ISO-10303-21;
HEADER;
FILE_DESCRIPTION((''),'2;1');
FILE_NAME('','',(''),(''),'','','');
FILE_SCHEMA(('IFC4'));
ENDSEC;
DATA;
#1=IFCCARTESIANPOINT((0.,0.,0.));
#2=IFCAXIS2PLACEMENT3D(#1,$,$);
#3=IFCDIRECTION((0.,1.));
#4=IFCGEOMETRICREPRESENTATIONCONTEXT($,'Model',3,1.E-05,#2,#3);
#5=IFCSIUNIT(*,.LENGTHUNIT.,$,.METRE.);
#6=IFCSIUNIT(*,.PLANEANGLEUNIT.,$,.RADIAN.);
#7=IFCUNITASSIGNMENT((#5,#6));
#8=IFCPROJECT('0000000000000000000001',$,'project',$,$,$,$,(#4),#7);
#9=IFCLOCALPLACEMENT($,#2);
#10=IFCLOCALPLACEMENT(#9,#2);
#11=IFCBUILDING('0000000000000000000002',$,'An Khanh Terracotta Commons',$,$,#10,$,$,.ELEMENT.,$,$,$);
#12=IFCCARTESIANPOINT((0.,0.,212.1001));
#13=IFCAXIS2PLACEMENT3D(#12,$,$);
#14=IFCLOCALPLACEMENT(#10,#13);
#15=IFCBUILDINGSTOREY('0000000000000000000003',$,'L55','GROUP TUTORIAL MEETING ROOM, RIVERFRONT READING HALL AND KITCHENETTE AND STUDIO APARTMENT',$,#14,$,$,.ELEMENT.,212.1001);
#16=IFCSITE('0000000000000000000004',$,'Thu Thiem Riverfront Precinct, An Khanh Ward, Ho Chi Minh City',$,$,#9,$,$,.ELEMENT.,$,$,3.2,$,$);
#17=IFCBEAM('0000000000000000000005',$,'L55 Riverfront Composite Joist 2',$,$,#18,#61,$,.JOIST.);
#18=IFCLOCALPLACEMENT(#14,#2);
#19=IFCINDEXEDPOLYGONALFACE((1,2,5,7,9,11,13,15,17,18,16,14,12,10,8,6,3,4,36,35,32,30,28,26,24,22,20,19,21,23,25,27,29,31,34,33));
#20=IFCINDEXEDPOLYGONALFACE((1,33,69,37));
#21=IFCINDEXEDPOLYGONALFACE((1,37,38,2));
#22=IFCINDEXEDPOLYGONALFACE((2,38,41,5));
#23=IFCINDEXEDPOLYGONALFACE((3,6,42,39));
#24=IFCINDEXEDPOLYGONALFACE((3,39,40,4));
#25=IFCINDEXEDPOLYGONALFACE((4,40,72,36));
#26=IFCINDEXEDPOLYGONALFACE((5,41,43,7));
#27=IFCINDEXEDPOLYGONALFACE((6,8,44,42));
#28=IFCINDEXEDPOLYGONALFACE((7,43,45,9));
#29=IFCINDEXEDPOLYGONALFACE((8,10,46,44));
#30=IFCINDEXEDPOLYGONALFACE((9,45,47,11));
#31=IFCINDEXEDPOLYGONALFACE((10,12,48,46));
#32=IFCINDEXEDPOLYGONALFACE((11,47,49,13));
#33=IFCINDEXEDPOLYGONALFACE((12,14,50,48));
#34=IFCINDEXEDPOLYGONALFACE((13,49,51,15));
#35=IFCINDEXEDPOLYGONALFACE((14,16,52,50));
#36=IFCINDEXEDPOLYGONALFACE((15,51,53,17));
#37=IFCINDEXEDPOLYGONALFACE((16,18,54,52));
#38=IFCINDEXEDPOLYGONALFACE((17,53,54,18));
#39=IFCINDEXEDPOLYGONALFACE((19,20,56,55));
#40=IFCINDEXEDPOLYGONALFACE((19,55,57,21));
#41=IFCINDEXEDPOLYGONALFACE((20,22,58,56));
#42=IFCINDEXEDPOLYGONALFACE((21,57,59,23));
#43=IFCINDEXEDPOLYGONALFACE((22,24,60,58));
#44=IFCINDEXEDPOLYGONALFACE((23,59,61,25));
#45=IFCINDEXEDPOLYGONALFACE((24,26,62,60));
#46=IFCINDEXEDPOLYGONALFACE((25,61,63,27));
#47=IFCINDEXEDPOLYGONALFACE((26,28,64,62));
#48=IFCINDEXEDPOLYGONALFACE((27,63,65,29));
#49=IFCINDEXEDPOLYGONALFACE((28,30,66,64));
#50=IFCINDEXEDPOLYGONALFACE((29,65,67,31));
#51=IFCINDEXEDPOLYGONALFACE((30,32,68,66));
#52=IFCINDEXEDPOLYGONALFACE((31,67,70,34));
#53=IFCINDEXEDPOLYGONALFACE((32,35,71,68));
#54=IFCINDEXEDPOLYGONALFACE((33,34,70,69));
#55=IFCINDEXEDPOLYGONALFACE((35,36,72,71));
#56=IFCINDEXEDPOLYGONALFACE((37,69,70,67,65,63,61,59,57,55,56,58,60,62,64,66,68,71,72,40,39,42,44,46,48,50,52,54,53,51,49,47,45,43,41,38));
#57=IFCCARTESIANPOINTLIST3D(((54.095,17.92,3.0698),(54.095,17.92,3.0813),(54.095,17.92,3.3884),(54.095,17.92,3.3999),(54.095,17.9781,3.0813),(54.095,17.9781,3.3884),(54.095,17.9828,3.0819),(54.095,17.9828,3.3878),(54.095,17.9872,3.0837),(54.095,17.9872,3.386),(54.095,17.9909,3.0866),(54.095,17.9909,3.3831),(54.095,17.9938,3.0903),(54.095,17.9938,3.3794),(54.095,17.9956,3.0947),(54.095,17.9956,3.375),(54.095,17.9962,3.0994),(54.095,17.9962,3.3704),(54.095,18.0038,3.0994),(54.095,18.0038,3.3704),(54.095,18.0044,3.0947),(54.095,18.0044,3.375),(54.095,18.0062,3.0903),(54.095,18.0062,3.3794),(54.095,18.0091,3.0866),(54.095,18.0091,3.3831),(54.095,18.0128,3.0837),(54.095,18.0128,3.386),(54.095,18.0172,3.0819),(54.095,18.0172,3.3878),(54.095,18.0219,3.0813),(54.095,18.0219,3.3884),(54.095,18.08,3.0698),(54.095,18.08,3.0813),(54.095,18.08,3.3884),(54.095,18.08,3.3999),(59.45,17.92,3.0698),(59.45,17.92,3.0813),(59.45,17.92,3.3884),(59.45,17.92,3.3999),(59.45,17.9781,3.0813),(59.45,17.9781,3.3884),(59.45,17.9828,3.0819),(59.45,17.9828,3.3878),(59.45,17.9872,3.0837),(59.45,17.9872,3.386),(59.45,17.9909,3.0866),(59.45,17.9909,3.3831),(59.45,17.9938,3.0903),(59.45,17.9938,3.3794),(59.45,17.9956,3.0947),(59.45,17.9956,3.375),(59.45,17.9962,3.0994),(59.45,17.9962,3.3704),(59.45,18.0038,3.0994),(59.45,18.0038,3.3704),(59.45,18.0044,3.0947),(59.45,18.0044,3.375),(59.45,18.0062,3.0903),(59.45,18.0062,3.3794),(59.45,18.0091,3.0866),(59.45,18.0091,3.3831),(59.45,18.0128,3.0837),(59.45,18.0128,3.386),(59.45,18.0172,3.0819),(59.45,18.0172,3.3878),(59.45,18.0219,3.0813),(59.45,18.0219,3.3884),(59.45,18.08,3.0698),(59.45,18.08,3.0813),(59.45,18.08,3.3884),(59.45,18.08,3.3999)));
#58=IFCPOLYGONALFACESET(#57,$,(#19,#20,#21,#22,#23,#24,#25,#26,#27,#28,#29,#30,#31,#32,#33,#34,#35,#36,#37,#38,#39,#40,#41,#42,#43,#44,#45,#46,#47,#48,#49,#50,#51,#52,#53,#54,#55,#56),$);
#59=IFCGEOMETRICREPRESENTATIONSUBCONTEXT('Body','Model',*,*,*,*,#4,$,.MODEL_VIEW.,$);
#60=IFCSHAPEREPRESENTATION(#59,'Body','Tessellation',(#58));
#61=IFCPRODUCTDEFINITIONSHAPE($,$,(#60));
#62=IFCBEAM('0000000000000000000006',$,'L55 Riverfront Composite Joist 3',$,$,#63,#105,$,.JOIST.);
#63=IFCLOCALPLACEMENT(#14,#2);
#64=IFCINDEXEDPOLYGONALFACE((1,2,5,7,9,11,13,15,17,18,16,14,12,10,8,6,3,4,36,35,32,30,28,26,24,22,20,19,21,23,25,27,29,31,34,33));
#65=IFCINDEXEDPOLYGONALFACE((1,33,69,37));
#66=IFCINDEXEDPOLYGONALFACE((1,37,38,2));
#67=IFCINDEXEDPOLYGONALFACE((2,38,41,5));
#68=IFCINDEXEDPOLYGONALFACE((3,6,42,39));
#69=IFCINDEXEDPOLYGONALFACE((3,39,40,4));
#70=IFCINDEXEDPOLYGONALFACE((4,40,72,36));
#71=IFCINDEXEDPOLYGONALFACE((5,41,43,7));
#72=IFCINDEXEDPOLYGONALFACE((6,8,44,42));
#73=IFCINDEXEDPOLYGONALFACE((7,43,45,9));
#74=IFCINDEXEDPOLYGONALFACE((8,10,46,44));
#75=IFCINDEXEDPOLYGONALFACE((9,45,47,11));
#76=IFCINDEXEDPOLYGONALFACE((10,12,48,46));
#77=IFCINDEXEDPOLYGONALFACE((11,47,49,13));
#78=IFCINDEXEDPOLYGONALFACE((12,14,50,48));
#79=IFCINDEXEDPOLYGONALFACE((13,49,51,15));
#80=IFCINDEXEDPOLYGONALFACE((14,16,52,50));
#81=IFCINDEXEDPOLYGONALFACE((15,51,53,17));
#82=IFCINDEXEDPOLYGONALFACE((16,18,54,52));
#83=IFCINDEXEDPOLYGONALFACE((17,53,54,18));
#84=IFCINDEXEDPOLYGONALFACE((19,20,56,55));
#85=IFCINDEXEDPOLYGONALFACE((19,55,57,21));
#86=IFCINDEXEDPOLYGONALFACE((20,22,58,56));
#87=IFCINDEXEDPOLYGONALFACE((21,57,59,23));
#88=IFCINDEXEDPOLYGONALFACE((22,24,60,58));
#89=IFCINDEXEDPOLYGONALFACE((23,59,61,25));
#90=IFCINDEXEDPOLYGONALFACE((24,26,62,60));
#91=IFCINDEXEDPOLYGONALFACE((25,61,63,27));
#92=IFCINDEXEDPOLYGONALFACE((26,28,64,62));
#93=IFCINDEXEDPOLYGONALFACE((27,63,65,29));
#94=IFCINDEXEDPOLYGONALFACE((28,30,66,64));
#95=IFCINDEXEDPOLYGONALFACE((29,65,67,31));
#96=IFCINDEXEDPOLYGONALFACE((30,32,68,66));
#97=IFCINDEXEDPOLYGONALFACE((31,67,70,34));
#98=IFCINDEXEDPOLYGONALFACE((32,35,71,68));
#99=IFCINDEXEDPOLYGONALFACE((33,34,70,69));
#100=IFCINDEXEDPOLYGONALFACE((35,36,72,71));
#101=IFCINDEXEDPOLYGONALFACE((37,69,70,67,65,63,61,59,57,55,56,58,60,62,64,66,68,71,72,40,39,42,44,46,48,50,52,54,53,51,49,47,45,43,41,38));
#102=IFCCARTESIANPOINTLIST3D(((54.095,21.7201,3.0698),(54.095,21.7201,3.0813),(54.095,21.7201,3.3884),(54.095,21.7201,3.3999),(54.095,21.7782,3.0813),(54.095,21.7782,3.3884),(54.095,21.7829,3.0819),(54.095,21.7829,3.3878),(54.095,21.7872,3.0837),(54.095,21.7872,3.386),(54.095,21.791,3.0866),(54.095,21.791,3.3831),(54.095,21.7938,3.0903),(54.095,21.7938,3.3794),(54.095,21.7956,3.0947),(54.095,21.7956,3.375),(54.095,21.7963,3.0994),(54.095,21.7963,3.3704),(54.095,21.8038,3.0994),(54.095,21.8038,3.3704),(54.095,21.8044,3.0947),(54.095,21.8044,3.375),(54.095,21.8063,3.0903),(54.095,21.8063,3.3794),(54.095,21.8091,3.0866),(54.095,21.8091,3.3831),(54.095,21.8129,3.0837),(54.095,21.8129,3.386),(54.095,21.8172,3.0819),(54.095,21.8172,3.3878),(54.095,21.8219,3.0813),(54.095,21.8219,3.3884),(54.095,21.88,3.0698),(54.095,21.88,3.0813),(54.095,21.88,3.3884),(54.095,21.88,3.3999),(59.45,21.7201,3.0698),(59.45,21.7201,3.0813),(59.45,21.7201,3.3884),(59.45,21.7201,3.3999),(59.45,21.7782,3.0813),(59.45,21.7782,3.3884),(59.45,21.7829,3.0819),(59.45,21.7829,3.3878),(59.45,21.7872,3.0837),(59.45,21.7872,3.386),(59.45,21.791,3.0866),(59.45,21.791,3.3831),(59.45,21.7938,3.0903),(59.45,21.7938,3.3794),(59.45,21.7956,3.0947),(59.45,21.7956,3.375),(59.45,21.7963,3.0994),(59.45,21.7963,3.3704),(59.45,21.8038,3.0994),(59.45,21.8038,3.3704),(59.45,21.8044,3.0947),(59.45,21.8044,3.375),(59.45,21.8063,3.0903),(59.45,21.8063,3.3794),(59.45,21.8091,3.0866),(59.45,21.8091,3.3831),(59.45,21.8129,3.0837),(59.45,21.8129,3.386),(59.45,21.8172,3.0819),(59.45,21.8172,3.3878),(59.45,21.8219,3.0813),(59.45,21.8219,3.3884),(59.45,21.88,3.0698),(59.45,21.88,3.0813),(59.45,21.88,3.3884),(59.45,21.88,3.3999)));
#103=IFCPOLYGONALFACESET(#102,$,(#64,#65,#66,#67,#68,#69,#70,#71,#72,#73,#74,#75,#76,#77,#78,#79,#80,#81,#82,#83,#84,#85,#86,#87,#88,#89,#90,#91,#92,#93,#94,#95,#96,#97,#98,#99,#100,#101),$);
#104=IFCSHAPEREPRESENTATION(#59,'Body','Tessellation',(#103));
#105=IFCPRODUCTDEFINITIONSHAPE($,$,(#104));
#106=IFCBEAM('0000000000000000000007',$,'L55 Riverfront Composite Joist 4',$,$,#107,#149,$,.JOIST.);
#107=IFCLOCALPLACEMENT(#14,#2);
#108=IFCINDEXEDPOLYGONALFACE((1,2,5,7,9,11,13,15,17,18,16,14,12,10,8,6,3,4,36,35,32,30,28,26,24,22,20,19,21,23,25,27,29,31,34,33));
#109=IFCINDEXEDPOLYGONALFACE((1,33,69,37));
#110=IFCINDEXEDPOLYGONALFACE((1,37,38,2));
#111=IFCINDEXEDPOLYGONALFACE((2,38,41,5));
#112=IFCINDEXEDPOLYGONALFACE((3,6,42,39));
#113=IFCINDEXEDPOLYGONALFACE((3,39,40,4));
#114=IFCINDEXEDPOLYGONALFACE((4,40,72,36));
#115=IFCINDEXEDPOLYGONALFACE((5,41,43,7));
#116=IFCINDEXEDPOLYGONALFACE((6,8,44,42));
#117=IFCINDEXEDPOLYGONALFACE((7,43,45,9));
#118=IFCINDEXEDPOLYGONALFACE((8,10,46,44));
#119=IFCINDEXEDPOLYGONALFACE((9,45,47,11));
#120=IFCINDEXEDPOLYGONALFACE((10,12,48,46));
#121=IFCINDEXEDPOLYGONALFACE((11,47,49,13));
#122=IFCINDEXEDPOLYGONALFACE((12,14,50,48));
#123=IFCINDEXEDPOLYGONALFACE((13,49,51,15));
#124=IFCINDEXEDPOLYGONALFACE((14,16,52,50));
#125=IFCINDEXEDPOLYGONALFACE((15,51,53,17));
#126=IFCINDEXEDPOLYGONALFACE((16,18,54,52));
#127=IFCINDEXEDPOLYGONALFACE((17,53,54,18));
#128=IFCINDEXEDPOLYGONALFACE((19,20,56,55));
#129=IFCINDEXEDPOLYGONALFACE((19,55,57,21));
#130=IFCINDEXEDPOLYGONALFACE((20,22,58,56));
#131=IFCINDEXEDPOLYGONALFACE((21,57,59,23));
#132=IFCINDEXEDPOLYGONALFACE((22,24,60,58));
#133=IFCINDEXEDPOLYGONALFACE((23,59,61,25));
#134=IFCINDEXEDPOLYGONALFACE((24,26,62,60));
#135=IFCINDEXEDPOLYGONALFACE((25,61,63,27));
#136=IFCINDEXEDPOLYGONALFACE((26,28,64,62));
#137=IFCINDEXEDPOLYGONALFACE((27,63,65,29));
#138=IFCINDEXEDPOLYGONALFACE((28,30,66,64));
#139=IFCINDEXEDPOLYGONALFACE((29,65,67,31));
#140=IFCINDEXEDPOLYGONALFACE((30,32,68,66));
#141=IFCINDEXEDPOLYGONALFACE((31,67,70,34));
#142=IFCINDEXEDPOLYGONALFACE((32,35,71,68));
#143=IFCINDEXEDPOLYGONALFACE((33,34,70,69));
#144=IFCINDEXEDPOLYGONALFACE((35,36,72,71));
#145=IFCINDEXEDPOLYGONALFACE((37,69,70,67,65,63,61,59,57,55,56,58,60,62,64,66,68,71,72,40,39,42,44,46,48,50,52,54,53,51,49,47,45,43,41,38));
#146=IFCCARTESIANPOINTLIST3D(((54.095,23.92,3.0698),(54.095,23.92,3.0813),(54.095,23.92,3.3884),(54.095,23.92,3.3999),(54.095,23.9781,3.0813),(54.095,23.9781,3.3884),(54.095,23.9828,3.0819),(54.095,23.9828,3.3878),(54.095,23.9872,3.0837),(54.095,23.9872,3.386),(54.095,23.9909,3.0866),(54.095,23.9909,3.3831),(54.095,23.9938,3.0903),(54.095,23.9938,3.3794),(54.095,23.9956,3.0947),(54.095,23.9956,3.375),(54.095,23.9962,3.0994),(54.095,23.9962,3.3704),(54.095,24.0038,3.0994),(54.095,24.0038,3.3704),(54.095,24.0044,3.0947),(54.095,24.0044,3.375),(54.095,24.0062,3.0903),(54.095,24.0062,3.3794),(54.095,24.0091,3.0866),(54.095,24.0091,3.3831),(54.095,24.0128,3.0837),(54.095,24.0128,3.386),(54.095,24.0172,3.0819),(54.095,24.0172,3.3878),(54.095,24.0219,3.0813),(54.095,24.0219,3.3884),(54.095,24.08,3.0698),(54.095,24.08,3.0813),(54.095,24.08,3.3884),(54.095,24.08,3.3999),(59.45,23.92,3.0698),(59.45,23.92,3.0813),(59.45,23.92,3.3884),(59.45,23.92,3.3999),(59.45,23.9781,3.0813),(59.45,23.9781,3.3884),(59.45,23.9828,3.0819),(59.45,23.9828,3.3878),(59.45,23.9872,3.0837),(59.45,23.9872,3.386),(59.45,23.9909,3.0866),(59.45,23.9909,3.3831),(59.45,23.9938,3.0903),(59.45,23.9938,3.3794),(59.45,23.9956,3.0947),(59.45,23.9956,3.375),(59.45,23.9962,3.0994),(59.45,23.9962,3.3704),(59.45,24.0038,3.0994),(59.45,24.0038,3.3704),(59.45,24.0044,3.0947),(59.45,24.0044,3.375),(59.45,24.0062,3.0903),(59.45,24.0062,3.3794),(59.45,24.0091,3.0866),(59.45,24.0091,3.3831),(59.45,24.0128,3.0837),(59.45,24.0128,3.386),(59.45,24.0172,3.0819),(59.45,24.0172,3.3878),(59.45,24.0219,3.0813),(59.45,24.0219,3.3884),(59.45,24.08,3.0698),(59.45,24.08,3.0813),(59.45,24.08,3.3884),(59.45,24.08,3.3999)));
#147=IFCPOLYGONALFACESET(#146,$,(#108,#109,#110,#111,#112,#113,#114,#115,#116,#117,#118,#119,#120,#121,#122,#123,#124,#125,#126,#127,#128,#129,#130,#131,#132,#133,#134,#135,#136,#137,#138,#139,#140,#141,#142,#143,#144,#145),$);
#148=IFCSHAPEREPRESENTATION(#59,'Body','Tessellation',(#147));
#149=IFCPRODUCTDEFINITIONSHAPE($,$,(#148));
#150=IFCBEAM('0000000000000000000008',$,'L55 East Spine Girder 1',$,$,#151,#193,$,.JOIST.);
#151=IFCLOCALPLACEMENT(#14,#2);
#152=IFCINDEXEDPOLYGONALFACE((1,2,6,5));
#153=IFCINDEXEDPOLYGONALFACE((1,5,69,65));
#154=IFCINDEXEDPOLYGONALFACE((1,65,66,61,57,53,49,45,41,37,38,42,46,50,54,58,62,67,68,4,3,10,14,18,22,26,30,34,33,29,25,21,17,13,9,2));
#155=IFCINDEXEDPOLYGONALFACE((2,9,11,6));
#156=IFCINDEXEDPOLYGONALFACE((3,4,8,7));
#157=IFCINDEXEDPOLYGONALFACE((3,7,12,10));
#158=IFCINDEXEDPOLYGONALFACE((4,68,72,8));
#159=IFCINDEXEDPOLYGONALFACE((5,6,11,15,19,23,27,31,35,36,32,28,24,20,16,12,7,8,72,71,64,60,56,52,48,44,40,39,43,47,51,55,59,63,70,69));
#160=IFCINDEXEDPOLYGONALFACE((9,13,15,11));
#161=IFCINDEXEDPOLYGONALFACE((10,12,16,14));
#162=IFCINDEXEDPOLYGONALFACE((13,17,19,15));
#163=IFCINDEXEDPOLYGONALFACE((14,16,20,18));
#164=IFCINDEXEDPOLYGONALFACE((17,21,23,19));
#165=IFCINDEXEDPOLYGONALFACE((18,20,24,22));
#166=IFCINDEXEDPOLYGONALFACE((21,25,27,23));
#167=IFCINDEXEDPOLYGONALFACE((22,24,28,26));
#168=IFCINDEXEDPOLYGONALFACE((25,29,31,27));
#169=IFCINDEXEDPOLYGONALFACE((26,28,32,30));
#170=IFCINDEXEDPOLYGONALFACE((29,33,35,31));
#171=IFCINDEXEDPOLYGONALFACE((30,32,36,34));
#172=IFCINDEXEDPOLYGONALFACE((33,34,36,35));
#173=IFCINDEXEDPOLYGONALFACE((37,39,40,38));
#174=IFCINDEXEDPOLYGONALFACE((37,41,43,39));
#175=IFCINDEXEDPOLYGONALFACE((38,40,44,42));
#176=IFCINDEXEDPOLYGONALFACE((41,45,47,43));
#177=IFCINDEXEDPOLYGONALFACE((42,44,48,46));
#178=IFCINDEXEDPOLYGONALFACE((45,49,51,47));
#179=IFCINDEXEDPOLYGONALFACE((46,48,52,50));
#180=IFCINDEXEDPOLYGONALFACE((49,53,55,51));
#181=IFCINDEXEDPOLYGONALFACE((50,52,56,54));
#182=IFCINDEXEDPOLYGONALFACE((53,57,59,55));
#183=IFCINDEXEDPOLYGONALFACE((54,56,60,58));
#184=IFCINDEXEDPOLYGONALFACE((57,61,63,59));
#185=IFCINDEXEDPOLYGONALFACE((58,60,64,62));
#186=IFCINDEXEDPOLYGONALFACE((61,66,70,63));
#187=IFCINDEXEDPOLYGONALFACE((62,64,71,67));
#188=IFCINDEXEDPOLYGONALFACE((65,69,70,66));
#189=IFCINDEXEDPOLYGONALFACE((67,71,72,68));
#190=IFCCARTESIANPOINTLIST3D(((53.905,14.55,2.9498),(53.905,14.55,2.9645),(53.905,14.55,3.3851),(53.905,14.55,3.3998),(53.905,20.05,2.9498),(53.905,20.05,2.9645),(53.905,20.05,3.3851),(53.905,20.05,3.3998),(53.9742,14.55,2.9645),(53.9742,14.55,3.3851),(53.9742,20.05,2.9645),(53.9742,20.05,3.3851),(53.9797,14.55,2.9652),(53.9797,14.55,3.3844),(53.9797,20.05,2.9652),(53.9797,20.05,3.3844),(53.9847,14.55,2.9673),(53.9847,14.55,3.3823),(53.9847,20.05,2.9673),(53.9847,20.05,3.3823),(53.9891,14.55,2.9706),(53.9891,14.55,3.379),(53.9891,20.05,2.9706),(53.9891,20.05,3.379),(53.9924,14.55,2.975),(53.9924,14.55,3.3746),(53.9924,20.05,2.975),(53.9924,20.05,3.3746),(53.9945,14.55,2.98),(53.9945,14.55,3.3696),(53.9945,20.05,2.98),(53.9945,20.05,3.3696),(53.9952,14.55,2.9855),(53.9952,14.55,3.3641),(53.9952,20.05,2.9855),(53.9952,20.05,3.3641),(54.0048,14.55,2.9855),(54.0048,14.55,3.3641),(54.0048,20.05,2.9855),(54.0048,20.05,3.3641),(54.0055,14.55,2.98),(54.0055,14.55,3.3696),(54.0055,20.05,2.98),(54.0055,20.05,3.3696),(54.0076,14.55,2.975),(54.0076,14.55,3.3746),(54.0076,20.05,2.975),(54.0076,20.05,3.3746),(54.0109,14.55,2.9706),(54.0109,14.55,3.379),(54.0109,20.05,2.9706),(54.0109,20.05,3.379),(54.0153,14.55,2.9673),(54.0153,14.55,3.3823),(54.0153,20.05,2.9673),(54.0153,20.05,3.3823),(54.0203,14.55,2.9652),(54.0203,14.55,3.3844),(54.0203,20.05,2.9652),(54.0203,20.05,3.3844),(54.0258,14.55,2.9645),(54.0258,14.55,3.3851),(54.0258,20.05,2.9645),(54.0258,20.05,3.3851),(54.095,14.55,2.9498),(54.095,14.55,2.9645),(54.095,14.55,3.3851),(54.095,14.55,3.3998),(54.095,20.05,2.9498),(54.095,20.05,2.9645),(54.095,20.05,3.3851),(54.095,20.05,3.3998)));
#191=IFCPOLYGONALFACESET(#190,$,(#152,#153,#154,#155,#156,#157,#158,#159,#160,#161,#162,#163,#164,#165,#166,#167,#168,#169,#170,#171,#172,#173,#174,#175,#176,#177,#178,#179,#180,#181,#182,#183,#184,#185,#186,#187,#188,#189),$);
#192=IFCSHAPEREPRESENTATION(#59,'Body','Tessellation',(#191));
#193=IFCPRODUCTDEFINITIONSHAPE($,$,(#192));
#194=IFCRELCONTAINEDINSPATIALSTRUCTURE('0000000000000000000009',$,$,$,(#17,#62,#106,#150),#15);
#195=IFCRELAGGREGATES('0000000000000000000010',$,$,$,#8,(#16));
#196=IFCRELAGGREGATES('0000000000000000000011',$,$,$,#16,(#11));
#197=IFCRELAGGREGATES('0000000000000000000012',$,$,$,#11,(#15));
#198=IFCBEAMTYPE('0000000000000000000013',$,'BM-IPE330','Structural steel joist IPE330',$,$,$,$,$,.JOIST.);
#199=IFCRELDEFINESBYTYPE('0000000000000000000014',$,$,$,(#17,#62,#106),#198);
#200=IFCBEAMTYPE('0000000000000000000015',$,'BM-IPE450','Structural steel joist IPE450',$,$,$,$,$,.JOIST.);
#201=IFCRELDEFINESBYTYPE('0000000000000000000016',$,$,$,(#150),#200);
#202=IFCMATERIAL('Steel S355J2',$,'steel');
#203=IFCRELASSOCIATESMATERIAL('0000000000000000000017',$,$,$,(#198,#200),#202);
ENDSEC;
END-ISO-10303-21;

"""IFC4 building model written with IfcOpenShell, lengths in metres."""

from ifc_helpers import new_model, si_unit, direction, frame, origin, origin_2d, place, context, subcontext, project, spatial, i_section, extrude, material, material_profile, profile_set, type_object, element, save


model = new_model("IFC4")

# Units and contexts
model_context = context("Model", 3, precision=1e-05, world=origin(), true_north=direction((0.0, 1.0)))
body_context = subcontext(model_context, "Body", "Model", "MODEL_VIEW")
ifc_project = project(units=[si_unit("LENGTHUNIT", "METRE"), si_unit("PLANEANGLEUNIT", "RADIAN")], contexts=[model_context])

# Site, building, storey
site_placement = place(None, origin())
site = spatial("IfcSite", under=ifc_project, at=site_placement, Name="Thu Thiem Riverfront Precinct, An Khanh Ward, Ho Chi Minh City", CompositionType="ELEMENT", RefElevation=3.2)
building_placement = place(site_placement, origin())
building = spatial("IfcBuilding", under=site, at=building_placement, Name="An Khanh Terracotta Commons", CompositionType="ELEMENT")
storey_placement = place(building_placement, frame((0.0, 0.0, 212.1001)))
storey = spatial("IfcBuildingStorey", under=building, at=storey_placement, Name="L55", Description="GROUP TUTORIAL MEETING ROOM, RIVERFRONT READING HALL AND KITCHENETTE AND STUDIO APARTMENT", CompositionType="ELEMENT", Elevation=212.1001)

# Beams
ifc_material_1 = material(Name="Steel S355J2", Category="steel")
ifc_material_profile_1 = material_profile(ifc_material_1, i_section(OverallWidth=0.1599, OverallDepth=0.3301, WebThickness=0.0076, FlangeThickness=0.0115, FilletRadius=0.0181, at=origin_2d()), Name="IPE330")
ifc_profile_set_1 = profile_set([ifc_material_profile_1], Name="Steel S355J2")
beam_type_1 = type_object("IfcBeamType", Name="BM-IPE330", Description="Structural steel joist IPE330", PredefinedType="JOIST", material=ifc_profile_set_1)
for number, where, z_axis, x_axis, name in (
    (1, (54.095, 18.0, 3.2349), (1.0, 0.0, 0.0), (0.0, 1.0, 0.0), "L55 Riverfront Composite Joist 2"),
    (2, (54.095, 21.8, 3.2349), (1.0, 0.0, 0.0), (0.0, 1.0, 0.0), "L55 Riverfront Composite Joist 3"),
    (3, (54.095, 24.0, 3.2349), (1.0, 0.0, 0.0), (0.0, 1.0, 0.0), "L55 Riverfront Composite Joist 4"),
):
    element("IfcBeam", number, at=place(storey_placement, frame(where, z_axis=z_axis, x_axis=x_axis)), inside=storey, type_object=beam_type_1, Name=name, PredefinedType="JOIST", context=body_context, shape_type="SweptSolid", body=[
        extrude(i_section(OverallWidth=0.1599, OverallDepth=0.3301, WebThickness=0.0076, FlangeThickness=0.0115, FilletRadius=0.0181, at=origin_2d()), origin(), (0.0, 0.0, 1.0), 5.355),
    ])
ifc_material_profile_2 = material_profile(ifc_material_1, i_section(OverallWidth=0.1899, OverallDepth=0.45, WebThickness=0.0095, FlangeThickness=0.0146, FilletRadius=0.021, at=origin_2d()), Name="IPE450")
ifc_profile_set_2 = profile_set([ifc_material_profile_2], Name="Steel S355J2")
beam_type_2 = type_object("IfcBeamType", Name="BM-IPE450", Description="Structural steel joist IPE450", PredefinedType="JOIST", material=ifc_profile_set_2)
beam_1_placement = place(storey_placement, frame((54.0, 14.55, 3.1748), z_axis=(0.0, 1.0, 0.0), x_axis=(-1.0, 0.0, 0.0)))
element("IfcBeam", 4, at=beam_1_placement, inside=storey, type_object=beam_type_2, Name="L55 East Spine Girder 1", PredefinedType="JOIST", context=body_context, shape_type="SweptSolid", body=[
    extrude(i_section(OverallWidth=0.1899, OverallDepth=0.45, WebThickness=0.0095, FlangeThickness=0.0146, FilletRadius=0.021, at=origin_2d()), origin(), (0.0, 0.0, 1.0), 5.5),
])

save(model, "model.ifc")
